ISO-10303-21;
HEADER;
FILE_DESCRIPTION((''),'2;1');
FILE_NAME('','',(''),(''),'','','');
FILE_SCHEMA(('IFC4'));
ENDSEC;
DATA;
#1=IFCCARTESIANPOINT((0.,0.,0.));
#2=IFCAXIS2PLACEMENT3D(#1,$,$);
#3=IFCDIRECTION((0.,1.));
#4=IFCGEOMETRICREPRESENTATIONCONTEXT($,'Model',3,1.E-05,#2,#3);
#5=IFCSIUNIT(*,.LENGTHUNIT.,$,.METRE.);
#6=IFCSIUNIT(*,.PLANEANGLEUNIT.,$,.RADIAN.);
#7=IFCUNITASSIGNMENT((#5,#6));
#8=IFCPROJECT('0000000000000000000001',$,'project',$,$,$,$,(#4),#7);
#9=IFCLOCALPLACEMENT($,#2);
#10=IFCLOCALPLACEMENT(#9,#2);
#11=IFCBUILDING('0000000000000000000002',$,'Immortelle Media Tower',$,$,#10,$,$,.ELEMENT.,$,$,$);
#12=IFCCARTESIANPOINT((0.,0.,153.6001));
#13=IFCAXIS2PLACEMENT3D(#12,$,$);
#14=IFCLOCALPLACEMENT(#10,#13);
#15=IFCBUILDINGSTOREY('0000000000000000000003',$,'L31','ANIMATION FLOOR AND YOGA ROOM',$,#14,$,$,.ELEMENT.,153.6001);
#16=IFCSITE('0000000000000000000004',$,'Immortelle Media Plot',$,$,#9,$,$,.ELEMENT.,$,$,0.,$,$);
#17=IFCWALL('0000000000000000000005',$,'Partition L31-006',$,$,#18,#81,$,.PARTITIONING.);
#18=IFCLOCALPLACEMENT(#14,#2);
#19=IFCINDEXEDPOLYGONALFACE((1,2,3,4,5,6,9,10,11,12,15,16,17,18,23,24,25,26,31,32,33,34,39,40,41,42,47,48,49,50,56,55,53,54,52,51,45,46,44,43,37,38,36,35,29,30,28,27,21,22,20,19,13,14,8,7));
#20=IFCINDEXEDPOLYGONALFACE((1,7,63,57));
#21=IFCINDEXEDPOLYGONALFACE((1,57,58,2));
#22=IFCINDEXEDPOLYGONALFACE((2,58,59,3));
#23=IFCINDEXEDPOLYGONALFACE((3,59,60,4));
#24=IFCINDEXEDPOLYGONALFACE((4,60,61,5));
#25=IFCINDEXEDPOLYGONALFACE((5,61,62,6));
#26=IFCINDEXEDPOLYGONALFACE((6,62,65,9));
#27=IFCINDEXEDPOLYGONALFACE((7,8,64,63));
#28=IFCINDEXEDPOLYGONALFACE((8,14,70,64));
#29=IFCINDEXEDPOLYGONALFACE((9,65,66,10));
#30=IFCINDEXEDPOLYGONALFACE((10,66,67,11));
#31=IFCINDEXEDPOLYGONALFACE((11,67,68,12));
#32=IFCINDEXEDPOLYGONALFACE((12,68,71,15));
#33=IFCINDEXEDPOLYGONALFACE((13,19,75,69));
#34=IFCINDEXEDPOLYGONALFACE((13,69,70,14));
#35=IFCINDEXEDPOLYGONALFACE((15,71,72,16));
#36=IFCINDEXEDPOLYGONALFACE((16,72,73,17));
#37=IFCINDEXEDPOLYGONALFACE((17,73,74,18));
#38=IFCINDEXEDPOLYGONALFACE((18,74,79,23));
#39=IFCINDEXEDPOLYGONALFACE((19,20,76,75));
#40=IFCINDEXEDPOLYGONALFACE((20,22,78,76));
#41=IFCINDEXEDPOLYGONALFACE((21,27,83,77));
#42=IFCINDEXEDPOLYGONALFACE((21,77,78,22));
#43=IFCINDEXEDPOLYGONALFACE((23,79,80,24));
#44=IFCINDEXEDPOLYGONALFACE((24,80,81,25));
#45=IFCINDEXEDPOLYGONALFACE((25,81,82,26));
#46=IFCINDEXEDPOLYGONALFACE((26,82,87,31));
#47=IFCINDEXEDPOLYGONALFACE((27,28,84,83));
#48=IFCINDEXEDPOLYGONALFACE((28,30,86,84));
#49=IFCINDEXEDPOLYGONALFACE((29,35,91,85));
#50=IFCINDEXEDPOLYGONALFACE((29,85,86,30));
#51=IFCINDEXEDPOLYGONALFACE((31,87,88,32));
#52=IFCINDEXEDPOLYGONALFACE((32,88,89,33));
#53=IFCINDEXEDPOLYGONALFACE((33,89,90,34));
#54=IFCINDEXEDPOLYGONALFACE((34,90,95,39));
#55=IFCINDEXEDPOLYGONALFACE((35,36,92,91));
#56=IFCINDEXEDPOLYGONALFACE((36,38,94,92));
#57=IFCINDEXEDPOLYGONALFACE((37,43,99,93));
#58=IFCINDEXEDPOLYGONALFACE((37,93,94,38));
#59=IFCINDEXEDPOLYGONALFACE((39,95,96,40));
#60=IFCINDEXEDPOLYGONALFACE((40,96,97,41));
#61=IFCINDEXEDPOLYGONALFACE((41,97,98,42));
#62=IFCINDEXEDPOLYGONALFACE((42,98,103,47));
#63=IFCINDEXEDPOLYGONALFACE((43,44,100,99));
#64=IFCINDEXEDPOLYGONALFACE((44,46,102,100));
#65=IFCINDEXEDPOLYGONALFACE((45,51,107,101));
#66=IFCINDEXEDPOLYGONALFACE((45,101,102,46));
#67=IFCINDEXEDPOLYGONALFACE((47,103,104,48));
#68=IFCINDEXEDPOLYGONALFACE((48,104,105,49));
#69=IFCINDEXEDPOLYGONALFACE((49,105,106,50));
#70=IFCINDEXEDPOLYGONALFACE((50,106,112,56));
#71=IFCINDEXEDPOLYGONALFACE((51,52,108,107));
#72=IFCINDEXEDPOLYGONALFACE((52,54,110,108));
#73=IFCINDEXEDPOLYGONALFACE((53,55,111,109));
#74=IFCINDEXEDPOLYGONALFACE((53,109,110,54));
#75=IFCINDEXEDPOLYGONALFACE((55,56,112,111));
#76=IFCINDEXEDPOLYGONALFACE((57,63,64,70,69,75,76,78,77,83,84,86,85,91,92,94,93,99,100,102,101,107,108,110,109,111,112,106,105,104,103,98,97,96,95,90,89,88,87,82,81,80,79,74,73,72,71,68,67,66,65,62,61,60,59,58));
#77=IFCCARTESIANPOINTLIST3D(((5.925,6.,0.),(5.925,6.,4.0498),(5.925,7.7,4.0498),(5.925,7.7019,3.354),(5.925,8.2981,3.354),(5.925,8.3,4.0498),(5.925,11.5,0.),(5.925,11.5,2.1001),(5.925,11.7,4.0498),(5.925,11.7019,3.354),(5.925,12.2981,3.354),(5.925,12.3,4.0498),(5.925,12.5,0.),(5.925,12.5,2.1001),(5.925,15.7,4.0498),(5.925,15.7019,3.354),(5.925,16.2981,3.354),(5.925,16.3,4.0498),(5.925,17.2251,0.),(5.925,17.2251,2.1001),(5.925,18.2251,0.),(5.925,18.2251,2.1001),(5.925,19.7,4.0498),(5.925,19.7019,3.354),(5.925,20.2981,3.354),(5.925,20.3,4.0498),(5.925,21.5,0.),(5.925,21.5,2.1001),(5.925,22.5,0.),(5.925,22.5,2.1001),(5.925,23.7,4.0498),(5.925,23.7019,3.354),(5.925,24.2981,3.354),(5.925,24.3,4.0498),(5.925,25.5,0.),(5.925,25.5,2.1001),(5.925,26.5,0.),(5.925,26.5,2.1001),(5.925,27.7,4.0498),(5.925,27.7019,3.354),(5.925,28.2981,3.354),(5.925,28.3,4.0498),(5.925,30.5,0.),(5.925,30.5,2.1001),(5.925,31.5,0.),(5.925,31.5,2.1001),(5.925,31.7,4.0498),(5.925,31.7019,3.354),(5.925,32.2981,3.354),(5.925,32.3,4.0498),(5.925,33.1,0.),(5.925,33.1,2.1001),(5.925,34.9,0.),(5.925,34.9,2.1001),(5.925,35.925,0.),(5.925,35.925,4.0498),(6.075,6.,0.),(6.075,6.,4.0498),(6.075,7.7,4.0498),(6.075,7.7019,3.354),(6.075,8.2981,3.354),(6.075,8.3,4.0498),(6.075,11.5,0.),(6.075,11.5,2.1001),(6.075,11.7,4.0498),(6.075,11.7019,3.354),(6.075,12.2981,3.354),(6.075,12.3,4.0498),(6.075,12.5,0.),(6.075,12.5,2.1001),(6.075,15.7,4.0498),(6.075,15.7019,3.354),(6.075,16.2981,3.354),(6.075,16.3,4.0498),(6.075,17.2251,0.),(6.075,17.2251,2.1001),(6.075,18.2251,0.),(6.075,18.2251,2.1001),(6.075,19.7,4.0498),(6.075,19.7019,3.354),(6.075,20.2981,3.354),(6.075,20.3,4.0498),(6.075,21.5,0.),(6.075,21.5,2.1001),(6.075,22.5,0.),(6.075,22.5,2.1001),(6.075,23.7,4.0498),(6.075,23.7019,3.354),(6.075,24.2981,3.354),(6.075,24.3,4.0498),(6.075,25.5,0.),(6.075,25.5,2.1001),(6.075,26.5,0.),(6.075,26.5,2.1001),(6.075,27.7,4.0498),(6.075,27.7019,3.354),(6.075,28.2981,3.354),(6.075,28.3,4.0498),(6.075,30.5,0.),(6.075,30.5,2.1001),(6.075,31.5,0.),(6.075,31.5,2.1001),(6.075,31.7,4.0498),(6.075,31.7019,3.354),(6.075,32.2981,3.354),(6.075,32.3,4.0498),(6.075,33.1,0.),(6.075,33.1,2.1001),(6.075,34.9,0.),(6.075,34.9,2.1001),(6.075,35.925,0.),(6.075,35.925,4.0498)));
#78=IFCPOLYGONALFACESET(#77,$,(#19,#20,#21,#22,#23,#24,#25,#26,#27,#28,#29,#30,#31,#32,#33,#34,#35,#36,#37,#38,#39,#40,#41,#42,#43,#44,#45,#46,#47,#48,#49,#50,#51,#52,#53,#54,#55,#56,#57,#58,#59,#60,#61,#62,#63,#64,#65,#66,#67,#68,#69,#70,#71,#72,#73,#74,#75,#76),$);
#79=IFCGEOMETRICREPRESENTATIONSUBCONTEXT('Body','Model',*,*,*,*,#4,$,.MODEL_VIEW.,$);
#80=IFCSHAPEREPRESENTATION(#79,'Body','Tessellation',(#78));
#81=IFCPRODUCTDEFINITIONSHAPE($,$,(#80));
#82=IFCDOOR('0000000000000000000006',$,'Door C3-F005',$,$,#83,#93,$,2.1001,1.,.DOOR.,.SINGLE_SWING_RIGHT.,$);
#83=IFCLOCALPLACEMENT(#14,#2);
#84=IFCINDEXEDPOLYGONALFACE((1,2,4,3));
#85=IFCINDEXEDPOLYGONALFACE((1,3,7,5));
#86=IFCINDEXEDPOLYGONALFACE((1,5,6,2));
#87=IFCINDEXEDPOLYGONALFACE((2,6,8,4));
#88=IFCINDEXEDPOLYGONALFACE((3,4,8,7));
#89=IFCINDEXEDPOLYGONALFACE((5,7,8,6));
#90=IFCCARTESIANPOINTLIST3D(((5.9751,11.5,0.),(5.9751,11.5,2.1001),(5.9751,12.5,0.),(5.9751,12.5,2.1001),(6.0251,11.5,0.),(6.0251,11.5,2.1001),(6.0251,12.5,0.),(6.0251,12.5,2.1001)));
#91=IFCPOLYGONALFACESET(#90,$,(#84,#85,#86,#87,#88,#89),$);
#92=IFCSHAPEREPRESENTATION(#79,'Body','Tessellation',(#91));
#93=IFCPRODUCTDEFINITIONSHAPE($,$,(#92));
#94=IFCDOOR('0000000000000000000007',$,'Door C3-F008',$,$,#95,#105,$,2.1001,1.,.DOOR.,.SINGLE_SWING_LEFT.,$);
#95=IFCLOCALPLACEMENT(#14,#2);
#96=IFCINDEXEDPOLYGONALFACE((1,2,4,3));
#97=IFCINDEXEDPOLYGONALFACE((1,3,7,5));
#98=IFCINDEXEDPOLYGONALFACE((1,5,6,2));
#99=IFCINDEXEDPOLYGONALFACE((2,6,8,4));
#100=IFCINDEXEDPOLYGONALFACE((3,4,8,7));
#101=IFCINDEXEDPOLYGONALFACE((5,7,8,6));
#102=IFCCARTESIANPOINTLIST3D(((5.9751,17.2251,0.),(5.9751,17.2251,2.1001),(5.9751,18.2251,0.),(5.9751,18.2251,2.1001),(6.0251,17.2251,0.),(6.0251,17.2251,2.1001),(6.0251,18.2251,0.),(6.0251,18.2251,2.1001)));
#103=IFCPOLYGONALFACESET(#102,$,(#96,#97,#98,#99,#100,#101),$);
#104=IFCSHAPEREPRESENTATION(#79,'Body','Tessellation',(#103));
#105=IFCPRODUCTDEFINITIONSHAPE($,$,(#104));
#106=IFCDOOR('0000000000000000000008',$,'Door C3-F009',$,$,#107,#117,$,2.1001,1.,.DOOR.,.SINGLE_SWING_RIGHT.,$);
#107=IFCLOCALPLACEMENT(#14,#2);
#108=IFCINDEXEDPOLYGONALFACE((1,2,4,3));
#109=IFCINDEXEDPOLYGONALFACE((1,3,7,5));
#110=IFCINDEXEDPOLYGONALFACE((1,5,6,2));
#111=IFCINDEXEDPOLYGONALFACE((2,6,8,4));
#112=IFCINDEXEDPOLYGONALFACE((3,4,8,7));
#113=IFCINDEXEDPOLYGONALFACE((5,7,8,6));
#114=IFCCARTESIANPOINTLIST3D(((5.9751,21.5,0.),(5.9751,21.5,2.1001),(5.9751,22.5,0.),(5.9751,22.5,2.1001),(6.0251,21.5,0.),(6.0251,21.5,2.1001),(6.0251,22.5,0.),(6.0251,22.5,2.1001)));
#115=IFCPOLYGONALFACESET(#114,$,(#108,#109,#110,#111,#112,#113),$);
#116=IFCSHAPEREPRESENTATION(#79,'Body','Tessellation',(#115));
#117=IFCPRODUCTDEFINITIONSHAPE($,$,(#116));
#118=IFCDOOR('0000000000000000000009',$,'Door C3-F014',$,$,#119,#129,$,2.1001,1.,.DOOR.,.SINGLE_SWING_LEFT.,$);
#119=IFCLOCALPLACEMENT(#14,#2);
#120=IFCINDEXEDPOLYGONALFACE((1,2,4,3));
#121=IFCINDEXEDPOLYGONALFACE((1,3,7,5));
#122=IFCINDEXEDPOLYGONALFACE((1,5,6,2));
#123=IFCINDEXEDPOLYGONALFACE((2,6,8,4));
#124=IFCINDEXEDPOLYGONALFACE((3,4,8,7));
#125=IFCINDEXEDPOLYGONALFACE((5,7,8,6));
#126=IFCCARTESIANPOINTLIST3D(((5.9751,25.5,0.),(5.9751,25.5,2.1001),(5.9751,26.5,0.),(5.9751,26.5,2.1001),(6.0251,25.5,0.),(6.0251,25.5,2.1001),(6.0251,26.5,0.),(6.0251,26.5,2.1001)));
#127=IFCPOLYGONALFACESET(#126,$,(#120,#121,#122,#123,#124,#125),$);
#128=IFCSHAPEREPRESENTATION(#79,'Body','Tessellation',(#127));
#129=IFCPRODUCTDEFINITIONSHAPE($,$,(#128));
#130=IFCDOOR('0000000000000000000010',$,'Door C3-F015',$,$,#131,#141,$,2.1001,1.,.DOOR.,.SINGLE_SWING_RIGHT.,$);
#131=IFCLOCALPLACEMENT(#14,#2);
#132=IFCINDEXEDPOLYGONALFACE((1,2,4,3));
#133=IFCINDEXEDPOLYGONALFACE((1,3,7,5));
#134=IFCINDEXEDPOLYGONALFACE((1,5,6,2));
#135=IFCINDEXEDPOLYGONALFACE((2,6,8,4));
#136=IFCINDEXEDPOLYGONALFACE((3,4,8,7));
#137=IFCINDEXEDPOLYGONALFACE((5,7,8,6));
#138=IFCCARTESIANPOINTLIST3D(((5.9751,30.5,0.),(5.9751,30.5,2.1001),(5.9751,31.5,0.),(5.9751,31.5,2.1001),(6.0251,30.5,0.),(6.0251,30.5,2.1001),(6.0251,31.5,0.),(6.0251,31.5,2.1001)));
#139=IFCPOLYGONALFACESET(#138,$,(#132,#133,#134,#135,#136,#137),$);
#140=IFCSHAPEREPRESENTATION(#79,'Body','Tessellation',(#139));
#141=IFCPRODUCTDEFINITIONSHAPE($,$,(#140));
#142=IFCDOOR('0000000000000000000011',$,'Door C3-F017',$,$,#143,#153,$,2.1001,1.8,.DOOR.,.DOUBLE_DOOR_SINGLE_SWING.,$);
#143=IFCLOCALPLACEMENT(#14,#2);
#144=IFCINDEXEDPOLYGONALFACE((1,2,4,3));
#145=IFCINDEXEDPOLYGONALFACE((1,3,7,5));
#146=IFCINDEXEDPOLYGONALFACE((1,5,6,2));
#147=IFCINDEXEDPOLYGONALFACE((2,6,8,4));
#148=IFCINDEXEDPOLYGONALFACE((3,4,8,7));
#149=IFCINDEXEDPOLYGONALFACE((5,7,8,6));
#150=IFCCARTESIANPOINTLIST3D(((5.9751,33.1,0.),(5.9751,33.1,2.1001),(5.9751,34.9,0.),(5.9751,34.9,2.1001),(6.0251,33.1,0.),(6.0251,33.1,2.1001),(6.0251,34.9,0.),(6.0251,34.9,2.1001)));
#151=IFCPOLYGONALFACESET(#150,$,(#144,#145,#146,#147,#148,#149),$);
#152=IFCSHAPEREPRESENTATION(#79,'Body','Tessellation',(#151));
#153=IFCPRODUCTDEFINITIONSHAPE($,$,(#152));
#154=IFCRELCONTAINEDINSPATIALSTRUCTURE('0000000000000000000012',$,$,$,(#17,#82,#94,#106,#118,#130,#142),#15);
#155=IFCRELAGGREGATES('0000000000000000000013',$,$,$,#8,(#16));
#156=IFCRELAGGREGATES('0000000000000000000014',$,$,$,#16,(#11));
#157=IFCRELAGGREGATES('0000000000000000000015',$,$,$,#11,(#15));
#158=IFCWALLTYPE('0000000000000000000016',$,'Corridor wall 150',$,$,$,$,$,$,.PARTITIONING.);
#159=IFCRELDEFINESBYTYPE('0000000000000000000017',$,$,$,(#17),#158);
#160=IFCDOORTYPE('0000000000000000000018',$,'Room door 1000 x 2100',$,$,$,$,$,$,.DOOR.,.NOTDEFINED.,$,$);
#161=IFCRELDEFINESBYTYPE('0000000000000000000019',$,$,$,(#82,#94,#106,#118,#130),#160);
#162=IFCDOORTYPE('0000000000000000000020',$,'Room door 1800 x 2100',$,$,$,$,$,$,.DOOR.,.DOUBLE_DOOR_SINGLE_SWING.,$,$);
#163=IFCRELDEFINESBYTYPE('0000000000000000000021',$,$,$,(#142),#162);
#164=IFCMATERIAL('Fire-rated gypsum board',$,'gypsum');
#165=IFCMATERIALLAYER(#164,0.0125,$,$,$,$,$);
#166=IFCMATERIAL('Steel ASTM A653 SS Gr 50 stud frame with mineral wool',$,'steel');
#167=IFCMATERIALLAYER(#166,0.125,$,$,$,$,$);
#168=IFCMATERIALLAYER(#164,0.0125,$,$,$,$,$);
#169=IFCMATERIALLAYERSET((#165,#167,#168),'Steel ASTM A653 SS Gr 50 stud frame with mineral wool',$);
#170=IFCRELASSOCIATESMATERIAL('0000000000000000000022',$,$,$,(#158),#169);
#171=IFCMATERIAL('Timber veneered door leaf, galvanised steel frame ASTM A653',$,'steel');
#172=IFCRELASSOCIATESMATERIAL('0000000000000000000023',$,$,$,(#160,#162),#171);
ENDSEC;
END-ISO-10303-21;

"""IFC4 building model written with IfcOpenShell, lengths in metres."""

from ifc_helpers import new_model, si_unit, direction, frame, frame_2d, origin, place, context, subcontext, project, spatial, polyline, rectangle, outline, extrude, material, layer, layer_set, type_object, element, fill, save


model = new_model("IFC4")

# Units and contexts
model_context = context("Model", 3, precision=1e-05, world=origin(), true_north=direction((0.0, 1.0)))
body_context = subcontext(model_context, "Body", "Model", "MODEL_VIEW")
ifc_project = project(units=[si_unit("LENGTHUNIT", "METRE"), si_unit("PLANEANGLEUNIT", "RADIAN")], contexts=[model_context])

# Site, building, storey
site_placement = place(None, origin())
site = spatial("IfcSite", under=ifc_project, at=site_placement, Name="Immortelle Media Plot", CompositionType="ELEMENT", RefElevation=0.0)
building_placement = place(site_placement, origin())
building = spatial("IfcBuilding", under=site, at=building_placement, Name="Immortelle Media Tower", CompositionType="ELEMENT")
storey_placement = place(building_placement, frame((0.0, 0.0, 153.6001)))
storey = spatial("IfcBuildingStorey", under=building, at=storey_placement, Name="L31", Description="ANIMATION FLOOR AND YOGA ROOM", CompositionType="ELEMENT", Elevation=153.6001)

# Wall, openings, doors
ifc_material_1 = material(Name="Fire-rated gypsum board", Category="gypsum")
ifc_layer_1 = layer(ifc_material_1, 0.0125)
ifc_material_2 = material(Name="Steel ASTM A653 SS Gr 50 stud frame with mineral wool", Category="steel")
ifc_layer_2 = layer(ifc_material_2, 0.125)
ifc_layer_3 = layer(ifc_material_1, 0.0125)
ifc_layer_set_1 = layer_set([ifc_layer_1, ifc_layer_2, ifc_layer_3], Name="Steel ASTM A653 SS Gr 50 stud frame with mineral wool")
wall_type_1 = type_object("IfcWallType", Name="Corridor wall 150", PredefinedType="PARTITIONING", material=ifc_layer_set_1)
wall_1_placement = place(storey_placement, frame((6.0, 6.0, 0.0), z_axis=(0.0, 0.0, 1.0), x_axis=(0.0, 1.0, 0.0)))
wall_1 = element("IfcWall", 1, at=wall_1_placement, inside=storey, type_object=wall_type_1, Name="Partition L31-006", PredefinedType="PARTITIONING", context=body_context, shape_type="SweptSolid", body=[
    extrude(outline(polyline([(0.0, 0.0), (29.925, 0.0), (29.925, 4.0498), (26.3, 4.0498), (26.2981, 3.354), (25.7019, 3.354), (25.7, 4.0498), (22.3, 4.0498), (22.2981, 3.354), (21.7019, 3.354), (21.7, 4.0498), (18.3, 4.0498), (18.2981, 3.354), (17.7019, 3.354), (17.7, 4.0498), (14.3, 4.0498), (14.2981, 3.354), (13.7019, 3.354), (13.7, 4.0498), (10.3, 4.0498), (10.2981, 3.354), (9.7019, 3.354), (9.7, 4.0498), (6.3, 4.0498), (6.2981, 3.354), (5.7019, 3.354), (5.7, 4.0498), (2.3, 4.0498), (2.2981, 3.354), (1.7019, 3.354), (1.7, 4.0498), (0.0, 4.0498), (0.0, 0.0)])), frame((0.0, 0.075, 0.0), z_axis=(0.0, -1.0, 0.0), x_axis=(1.0, 0.0, 0.0)), (0.0, 0.0, 1.0), 0.1499),
])
opening_1_placement = place(wall_1_placement, frame((5.5, 0.0, 0.0)))
opening_1 = element("IfcOpeningElement", 2, at=opening_1_placement, cuts=wall_1, PredefinedType="OPENING", context=body_context, shape_type="SweptSolid", body=[
    extrude(rectangle(XDim=1.0, YDim=2.1001, at=frame_2d((0.5, 1.05))), frame((0.0, 0.085, 0.0), z_axis=(0.0, -1.0, 0.0), x_axis=(1.0, 0.0, 0.0)), (0.0, 0.0, 1.0), 0.1699),
])
opening_2_placement = place(wall_1_placement, frame((11.2251, 0.0, 0.0)))
opening_2 = element("IfcOpeningElement", 3, at=opening_2_placement, cuts=wall_1, PredefinedType="OPENING", context=body_context, shape_type="SweptSolid", body=[
    extrude(rectangle(XDim=1.0, YDim=2.1001, at=frame_2d((0.5, 1.05))), frame((0.0, 0.085, 0.0), z_axis=(0.0, -1.0, 0.0), x_axis=(1.0, 0.0, 0.0)), (0.0, 0.0, 1.0), 0.1699),
])
opening_3_placement = place(wall_1_placement, frame((15.5, 0.0, 0.0)))
opening_3 = element("IfcOpeningElement", 4, at=opening_3_placement, cuts=wall_1, PredefinedType="OPENING", context=body_context, shape_type="SweptSolid", body=[
    extrude(rectangle(XDim=1.0, YDim=2.1001, at=frame_2d((0.5, 1.05))), frame((0.0, 0.085, 0.0), z_axis=(0.0, -1.0, 0.0), x_axis=(1.0, 0.0, 0.0)), (0.0, 0.0, 1.0), 0.1699),
])
opening_4_placement = place(wall_1_placement, frame((19.5, 0.0, 0.0)))
opening_4 = element("IfcOpeningElement", 5, at=opening_4_placement, cuts=wall_1, PredefinedType="OPENING", context=body_context, shape_type="SweptSolid", body=[
    extrude(rectangle(XDim=1.0, YDim=2.1001, at=frame_2d((0.5, 1.05))), frame((0.0, 0.085, 0.0), z_axis=(0.0, -1.0, 0.0), x_axis=(1.0, 0.0, 0.0)), (0.0, 0.0, 1.0), 0.1699),
])
opening_5_placement = place(wall_1_placement, frame((24.5, 0.0, 0.0)))
opening_5 = element("IfcOpeningElement", 6, at=opening_5_placement, cuts=wall_1, PredefinedType="OPENING", context=body_context, shape_type="SweptSolid", body=[
    extrude(rectangle(XDim=1.0, YDim=2.1001, at=frame_2d((0.5, 1.05))), frame((0.0, 0.085, 0.0), z_axis=(0.0, -1.0, 0.0), x_axis=(1.0, 0.0, 0.0)), (0.0, 0.0, 1.0), 0.1699),
])
opening_6_placement = place(wall_1_placement, frame((27.1001, 0.0, 0.0)))
opening_6 = element("IfcOpeningElement", 7, at=opening_6_placement, cuts=wall_1, PredefinedType="OPENING", context=body_context, shape_type="SweptSolid", body=[
    extrude(rectangle(XDim=1.8, YDim=2.1001, at=frame_2d((0.8999, 1.05))), frame((0.0, 0.085, 0.0), z_axis=(0.0, -1.0, 0.0), x_axis=(1.0, 0.0, 0.0)), (0.0, 0.0, 1.0), 0.1699),
])
ifc_material_3 = material(Name="Timber veneered door leaf, galvanised steel frame ASTM A653", Category="steel")
door_type_1 = type_object("IfcDoorType", Name="Room door 1000 x 2100", OperationType="NOTDEFINED", PredefinedType="DOOR", material=ifc_material_3)
door_1_placement = place(opening_1_placement, origin())
door_1 = element("IfcDoor", 8, at=door_1_placement, inside=storey, type_object=door_type_1, Name="Door C3-F005", OperationType="SINGLE_SWING_RIGHT", OverallHeight=2.1001, OverallWidth=1.0, PredefinedType="DOOR", context=body_context, shape_type="SweptSolid", body=[
    extrude(rectangle(XDim=1.0, YDim=2.1001, at=frame_2d((0.5, 1.05))), frame((0.0, 0.0249, 0.0), z_axis=(0.0, -1.0, 0.0), x_axis=(1.0, 0.0, 0.0)), (0.0, 0.0, 1.0), 0.05),
])
fill(opening_1, door_1)
door_2_placement = place(opening_2_placement, origin())
door_2 = element("IfcDoor", 9, at=door_2_placement, inside=storey, type_object=door_type_1, Name="Door C3-F008", OperationType="SINGLE_SWING_LEFT", OverallHeight=2.1001, OverallWidth=1.0, PredefinedType="DOOR", context=body_context, shape_type="SweptSolid", body=[
    extrude(rectangle(XDim=1.0, YDim=2.1001, at=frame_2d((0.5, 1.05))), frame((0.0, 0.0249, 0.0), z_axis=(0.0, -1.0, 0.0), x_axis=(1.0, 0.0, 0.0)), (0.0, 0.0, 1.0), 0.05),
])
fill(opening_2, door_2)
door_3_placement = place(opening_3_placement, origin())
door_3 = element("IfcDoor", 10, at=door_3_placement, inside=storey, type_object=door_type_1, Name="Door C3-F009", OperationType="SINGLE_SWING_RIGHT", OverallHeight=2.1001, OverallWidth=1.0, PredefinedType="DOOR", context=body_context, shape_type="SweptSolid", body=[
    extrude(rectangle(XDim=1.0, YDim=2.1001, at=frame_2d((0.5, 1.05))), frame((0.0, 0.0249, 0.0), z_axis=(0.0, -1.0, 0.0), x_axis=(1.0, 0.0, 0.0)), (0.0, 0.0, 1.0), 0.05),
])
fill(opening_3, door_3)
door_4_placement = place(opening_4_placement, origin())
door_4 = element("IfcDoor", 11, at=door_4_placement, inside=storey, type_object=door_type_1, Name="Door C3-F014", OperationType="SINGLE_SWING_LEFT", OverallHeight=2.1001, OverallWidth=1.0, PredefinedType="DOOR", context=body_context, shape_type="SweptSolid", body=[
    extrude(rectangle(XDim=1.0, YDim=2.1001, at=frame_2d((0.5, 1.05))), frame((0.0, 0.0249, 0.0), z_axis=(0.0, -1.0, 0.0), x_axis=(1.0, 0.0, 0.0)), (0.0, 0.0, 1.0), 0.05),
])
fill(opening_4, door_4)
door_5_placement = place(opening_5_placement, origin())
door_5 = element("IfcDoor", 12, at=door_5_placement, inside=storey, type_object=door_type_1, Name="Door C3-F015", OperationType="SINGLE_SWING_RIGHT", OverallHeight=2.1001, OverallWidth=1.0, PredefinedType="DOOR", context=body_context, shape_type="SweptSolid", body=[
    extrude(rectangle(XDim=1.0, YDim=2.1001, at=frame_2d((0.5, 1.05))), frame((0.0, 0.0249, 0.0), z_axis=(0.0, -1.0, 0.0), x_axis=(1.0, 0.0, 0.0)), (0.0, 0.0, 1.0), 0.05),
])
fill(opening_5, door_5)
door_type_2 = type_object("IfcDoorType", Name="Room door 1800 x 2100", OperationType="DOUBLE_DOOR_SINGLE_SWING", PredefinedType="DOOR", material=ifc_material_3)
door_6_placement = place(opening_6_placement, origin())
door_6 = element("IfcDoor", 13, at=door_6_placement, inside=storey, type_object=door_type_2, Name="Door C3-F017", OperationType="DOUBLE_DOOR_SINGLE_SWING", OverallHeight=2.1001, OverallWidth=1.8, PredefinedType="DOOR", context=body_context, shape_type="SweptSolid", body=[
    extrude(rectangle(XDim=1.8, YDim=2.1001, at=frame_2d((0.8999, 1.05))), frame((0.0, 0.0249, 0.0), z_axis=(0.0, -1.0, 0.0), x_axis=(1.0, 0.0, 0.0)), (0.0, 0.0, 1.0), 0.05),
])
fill(opening_6, door_6)

save(model, "model.ifc")
